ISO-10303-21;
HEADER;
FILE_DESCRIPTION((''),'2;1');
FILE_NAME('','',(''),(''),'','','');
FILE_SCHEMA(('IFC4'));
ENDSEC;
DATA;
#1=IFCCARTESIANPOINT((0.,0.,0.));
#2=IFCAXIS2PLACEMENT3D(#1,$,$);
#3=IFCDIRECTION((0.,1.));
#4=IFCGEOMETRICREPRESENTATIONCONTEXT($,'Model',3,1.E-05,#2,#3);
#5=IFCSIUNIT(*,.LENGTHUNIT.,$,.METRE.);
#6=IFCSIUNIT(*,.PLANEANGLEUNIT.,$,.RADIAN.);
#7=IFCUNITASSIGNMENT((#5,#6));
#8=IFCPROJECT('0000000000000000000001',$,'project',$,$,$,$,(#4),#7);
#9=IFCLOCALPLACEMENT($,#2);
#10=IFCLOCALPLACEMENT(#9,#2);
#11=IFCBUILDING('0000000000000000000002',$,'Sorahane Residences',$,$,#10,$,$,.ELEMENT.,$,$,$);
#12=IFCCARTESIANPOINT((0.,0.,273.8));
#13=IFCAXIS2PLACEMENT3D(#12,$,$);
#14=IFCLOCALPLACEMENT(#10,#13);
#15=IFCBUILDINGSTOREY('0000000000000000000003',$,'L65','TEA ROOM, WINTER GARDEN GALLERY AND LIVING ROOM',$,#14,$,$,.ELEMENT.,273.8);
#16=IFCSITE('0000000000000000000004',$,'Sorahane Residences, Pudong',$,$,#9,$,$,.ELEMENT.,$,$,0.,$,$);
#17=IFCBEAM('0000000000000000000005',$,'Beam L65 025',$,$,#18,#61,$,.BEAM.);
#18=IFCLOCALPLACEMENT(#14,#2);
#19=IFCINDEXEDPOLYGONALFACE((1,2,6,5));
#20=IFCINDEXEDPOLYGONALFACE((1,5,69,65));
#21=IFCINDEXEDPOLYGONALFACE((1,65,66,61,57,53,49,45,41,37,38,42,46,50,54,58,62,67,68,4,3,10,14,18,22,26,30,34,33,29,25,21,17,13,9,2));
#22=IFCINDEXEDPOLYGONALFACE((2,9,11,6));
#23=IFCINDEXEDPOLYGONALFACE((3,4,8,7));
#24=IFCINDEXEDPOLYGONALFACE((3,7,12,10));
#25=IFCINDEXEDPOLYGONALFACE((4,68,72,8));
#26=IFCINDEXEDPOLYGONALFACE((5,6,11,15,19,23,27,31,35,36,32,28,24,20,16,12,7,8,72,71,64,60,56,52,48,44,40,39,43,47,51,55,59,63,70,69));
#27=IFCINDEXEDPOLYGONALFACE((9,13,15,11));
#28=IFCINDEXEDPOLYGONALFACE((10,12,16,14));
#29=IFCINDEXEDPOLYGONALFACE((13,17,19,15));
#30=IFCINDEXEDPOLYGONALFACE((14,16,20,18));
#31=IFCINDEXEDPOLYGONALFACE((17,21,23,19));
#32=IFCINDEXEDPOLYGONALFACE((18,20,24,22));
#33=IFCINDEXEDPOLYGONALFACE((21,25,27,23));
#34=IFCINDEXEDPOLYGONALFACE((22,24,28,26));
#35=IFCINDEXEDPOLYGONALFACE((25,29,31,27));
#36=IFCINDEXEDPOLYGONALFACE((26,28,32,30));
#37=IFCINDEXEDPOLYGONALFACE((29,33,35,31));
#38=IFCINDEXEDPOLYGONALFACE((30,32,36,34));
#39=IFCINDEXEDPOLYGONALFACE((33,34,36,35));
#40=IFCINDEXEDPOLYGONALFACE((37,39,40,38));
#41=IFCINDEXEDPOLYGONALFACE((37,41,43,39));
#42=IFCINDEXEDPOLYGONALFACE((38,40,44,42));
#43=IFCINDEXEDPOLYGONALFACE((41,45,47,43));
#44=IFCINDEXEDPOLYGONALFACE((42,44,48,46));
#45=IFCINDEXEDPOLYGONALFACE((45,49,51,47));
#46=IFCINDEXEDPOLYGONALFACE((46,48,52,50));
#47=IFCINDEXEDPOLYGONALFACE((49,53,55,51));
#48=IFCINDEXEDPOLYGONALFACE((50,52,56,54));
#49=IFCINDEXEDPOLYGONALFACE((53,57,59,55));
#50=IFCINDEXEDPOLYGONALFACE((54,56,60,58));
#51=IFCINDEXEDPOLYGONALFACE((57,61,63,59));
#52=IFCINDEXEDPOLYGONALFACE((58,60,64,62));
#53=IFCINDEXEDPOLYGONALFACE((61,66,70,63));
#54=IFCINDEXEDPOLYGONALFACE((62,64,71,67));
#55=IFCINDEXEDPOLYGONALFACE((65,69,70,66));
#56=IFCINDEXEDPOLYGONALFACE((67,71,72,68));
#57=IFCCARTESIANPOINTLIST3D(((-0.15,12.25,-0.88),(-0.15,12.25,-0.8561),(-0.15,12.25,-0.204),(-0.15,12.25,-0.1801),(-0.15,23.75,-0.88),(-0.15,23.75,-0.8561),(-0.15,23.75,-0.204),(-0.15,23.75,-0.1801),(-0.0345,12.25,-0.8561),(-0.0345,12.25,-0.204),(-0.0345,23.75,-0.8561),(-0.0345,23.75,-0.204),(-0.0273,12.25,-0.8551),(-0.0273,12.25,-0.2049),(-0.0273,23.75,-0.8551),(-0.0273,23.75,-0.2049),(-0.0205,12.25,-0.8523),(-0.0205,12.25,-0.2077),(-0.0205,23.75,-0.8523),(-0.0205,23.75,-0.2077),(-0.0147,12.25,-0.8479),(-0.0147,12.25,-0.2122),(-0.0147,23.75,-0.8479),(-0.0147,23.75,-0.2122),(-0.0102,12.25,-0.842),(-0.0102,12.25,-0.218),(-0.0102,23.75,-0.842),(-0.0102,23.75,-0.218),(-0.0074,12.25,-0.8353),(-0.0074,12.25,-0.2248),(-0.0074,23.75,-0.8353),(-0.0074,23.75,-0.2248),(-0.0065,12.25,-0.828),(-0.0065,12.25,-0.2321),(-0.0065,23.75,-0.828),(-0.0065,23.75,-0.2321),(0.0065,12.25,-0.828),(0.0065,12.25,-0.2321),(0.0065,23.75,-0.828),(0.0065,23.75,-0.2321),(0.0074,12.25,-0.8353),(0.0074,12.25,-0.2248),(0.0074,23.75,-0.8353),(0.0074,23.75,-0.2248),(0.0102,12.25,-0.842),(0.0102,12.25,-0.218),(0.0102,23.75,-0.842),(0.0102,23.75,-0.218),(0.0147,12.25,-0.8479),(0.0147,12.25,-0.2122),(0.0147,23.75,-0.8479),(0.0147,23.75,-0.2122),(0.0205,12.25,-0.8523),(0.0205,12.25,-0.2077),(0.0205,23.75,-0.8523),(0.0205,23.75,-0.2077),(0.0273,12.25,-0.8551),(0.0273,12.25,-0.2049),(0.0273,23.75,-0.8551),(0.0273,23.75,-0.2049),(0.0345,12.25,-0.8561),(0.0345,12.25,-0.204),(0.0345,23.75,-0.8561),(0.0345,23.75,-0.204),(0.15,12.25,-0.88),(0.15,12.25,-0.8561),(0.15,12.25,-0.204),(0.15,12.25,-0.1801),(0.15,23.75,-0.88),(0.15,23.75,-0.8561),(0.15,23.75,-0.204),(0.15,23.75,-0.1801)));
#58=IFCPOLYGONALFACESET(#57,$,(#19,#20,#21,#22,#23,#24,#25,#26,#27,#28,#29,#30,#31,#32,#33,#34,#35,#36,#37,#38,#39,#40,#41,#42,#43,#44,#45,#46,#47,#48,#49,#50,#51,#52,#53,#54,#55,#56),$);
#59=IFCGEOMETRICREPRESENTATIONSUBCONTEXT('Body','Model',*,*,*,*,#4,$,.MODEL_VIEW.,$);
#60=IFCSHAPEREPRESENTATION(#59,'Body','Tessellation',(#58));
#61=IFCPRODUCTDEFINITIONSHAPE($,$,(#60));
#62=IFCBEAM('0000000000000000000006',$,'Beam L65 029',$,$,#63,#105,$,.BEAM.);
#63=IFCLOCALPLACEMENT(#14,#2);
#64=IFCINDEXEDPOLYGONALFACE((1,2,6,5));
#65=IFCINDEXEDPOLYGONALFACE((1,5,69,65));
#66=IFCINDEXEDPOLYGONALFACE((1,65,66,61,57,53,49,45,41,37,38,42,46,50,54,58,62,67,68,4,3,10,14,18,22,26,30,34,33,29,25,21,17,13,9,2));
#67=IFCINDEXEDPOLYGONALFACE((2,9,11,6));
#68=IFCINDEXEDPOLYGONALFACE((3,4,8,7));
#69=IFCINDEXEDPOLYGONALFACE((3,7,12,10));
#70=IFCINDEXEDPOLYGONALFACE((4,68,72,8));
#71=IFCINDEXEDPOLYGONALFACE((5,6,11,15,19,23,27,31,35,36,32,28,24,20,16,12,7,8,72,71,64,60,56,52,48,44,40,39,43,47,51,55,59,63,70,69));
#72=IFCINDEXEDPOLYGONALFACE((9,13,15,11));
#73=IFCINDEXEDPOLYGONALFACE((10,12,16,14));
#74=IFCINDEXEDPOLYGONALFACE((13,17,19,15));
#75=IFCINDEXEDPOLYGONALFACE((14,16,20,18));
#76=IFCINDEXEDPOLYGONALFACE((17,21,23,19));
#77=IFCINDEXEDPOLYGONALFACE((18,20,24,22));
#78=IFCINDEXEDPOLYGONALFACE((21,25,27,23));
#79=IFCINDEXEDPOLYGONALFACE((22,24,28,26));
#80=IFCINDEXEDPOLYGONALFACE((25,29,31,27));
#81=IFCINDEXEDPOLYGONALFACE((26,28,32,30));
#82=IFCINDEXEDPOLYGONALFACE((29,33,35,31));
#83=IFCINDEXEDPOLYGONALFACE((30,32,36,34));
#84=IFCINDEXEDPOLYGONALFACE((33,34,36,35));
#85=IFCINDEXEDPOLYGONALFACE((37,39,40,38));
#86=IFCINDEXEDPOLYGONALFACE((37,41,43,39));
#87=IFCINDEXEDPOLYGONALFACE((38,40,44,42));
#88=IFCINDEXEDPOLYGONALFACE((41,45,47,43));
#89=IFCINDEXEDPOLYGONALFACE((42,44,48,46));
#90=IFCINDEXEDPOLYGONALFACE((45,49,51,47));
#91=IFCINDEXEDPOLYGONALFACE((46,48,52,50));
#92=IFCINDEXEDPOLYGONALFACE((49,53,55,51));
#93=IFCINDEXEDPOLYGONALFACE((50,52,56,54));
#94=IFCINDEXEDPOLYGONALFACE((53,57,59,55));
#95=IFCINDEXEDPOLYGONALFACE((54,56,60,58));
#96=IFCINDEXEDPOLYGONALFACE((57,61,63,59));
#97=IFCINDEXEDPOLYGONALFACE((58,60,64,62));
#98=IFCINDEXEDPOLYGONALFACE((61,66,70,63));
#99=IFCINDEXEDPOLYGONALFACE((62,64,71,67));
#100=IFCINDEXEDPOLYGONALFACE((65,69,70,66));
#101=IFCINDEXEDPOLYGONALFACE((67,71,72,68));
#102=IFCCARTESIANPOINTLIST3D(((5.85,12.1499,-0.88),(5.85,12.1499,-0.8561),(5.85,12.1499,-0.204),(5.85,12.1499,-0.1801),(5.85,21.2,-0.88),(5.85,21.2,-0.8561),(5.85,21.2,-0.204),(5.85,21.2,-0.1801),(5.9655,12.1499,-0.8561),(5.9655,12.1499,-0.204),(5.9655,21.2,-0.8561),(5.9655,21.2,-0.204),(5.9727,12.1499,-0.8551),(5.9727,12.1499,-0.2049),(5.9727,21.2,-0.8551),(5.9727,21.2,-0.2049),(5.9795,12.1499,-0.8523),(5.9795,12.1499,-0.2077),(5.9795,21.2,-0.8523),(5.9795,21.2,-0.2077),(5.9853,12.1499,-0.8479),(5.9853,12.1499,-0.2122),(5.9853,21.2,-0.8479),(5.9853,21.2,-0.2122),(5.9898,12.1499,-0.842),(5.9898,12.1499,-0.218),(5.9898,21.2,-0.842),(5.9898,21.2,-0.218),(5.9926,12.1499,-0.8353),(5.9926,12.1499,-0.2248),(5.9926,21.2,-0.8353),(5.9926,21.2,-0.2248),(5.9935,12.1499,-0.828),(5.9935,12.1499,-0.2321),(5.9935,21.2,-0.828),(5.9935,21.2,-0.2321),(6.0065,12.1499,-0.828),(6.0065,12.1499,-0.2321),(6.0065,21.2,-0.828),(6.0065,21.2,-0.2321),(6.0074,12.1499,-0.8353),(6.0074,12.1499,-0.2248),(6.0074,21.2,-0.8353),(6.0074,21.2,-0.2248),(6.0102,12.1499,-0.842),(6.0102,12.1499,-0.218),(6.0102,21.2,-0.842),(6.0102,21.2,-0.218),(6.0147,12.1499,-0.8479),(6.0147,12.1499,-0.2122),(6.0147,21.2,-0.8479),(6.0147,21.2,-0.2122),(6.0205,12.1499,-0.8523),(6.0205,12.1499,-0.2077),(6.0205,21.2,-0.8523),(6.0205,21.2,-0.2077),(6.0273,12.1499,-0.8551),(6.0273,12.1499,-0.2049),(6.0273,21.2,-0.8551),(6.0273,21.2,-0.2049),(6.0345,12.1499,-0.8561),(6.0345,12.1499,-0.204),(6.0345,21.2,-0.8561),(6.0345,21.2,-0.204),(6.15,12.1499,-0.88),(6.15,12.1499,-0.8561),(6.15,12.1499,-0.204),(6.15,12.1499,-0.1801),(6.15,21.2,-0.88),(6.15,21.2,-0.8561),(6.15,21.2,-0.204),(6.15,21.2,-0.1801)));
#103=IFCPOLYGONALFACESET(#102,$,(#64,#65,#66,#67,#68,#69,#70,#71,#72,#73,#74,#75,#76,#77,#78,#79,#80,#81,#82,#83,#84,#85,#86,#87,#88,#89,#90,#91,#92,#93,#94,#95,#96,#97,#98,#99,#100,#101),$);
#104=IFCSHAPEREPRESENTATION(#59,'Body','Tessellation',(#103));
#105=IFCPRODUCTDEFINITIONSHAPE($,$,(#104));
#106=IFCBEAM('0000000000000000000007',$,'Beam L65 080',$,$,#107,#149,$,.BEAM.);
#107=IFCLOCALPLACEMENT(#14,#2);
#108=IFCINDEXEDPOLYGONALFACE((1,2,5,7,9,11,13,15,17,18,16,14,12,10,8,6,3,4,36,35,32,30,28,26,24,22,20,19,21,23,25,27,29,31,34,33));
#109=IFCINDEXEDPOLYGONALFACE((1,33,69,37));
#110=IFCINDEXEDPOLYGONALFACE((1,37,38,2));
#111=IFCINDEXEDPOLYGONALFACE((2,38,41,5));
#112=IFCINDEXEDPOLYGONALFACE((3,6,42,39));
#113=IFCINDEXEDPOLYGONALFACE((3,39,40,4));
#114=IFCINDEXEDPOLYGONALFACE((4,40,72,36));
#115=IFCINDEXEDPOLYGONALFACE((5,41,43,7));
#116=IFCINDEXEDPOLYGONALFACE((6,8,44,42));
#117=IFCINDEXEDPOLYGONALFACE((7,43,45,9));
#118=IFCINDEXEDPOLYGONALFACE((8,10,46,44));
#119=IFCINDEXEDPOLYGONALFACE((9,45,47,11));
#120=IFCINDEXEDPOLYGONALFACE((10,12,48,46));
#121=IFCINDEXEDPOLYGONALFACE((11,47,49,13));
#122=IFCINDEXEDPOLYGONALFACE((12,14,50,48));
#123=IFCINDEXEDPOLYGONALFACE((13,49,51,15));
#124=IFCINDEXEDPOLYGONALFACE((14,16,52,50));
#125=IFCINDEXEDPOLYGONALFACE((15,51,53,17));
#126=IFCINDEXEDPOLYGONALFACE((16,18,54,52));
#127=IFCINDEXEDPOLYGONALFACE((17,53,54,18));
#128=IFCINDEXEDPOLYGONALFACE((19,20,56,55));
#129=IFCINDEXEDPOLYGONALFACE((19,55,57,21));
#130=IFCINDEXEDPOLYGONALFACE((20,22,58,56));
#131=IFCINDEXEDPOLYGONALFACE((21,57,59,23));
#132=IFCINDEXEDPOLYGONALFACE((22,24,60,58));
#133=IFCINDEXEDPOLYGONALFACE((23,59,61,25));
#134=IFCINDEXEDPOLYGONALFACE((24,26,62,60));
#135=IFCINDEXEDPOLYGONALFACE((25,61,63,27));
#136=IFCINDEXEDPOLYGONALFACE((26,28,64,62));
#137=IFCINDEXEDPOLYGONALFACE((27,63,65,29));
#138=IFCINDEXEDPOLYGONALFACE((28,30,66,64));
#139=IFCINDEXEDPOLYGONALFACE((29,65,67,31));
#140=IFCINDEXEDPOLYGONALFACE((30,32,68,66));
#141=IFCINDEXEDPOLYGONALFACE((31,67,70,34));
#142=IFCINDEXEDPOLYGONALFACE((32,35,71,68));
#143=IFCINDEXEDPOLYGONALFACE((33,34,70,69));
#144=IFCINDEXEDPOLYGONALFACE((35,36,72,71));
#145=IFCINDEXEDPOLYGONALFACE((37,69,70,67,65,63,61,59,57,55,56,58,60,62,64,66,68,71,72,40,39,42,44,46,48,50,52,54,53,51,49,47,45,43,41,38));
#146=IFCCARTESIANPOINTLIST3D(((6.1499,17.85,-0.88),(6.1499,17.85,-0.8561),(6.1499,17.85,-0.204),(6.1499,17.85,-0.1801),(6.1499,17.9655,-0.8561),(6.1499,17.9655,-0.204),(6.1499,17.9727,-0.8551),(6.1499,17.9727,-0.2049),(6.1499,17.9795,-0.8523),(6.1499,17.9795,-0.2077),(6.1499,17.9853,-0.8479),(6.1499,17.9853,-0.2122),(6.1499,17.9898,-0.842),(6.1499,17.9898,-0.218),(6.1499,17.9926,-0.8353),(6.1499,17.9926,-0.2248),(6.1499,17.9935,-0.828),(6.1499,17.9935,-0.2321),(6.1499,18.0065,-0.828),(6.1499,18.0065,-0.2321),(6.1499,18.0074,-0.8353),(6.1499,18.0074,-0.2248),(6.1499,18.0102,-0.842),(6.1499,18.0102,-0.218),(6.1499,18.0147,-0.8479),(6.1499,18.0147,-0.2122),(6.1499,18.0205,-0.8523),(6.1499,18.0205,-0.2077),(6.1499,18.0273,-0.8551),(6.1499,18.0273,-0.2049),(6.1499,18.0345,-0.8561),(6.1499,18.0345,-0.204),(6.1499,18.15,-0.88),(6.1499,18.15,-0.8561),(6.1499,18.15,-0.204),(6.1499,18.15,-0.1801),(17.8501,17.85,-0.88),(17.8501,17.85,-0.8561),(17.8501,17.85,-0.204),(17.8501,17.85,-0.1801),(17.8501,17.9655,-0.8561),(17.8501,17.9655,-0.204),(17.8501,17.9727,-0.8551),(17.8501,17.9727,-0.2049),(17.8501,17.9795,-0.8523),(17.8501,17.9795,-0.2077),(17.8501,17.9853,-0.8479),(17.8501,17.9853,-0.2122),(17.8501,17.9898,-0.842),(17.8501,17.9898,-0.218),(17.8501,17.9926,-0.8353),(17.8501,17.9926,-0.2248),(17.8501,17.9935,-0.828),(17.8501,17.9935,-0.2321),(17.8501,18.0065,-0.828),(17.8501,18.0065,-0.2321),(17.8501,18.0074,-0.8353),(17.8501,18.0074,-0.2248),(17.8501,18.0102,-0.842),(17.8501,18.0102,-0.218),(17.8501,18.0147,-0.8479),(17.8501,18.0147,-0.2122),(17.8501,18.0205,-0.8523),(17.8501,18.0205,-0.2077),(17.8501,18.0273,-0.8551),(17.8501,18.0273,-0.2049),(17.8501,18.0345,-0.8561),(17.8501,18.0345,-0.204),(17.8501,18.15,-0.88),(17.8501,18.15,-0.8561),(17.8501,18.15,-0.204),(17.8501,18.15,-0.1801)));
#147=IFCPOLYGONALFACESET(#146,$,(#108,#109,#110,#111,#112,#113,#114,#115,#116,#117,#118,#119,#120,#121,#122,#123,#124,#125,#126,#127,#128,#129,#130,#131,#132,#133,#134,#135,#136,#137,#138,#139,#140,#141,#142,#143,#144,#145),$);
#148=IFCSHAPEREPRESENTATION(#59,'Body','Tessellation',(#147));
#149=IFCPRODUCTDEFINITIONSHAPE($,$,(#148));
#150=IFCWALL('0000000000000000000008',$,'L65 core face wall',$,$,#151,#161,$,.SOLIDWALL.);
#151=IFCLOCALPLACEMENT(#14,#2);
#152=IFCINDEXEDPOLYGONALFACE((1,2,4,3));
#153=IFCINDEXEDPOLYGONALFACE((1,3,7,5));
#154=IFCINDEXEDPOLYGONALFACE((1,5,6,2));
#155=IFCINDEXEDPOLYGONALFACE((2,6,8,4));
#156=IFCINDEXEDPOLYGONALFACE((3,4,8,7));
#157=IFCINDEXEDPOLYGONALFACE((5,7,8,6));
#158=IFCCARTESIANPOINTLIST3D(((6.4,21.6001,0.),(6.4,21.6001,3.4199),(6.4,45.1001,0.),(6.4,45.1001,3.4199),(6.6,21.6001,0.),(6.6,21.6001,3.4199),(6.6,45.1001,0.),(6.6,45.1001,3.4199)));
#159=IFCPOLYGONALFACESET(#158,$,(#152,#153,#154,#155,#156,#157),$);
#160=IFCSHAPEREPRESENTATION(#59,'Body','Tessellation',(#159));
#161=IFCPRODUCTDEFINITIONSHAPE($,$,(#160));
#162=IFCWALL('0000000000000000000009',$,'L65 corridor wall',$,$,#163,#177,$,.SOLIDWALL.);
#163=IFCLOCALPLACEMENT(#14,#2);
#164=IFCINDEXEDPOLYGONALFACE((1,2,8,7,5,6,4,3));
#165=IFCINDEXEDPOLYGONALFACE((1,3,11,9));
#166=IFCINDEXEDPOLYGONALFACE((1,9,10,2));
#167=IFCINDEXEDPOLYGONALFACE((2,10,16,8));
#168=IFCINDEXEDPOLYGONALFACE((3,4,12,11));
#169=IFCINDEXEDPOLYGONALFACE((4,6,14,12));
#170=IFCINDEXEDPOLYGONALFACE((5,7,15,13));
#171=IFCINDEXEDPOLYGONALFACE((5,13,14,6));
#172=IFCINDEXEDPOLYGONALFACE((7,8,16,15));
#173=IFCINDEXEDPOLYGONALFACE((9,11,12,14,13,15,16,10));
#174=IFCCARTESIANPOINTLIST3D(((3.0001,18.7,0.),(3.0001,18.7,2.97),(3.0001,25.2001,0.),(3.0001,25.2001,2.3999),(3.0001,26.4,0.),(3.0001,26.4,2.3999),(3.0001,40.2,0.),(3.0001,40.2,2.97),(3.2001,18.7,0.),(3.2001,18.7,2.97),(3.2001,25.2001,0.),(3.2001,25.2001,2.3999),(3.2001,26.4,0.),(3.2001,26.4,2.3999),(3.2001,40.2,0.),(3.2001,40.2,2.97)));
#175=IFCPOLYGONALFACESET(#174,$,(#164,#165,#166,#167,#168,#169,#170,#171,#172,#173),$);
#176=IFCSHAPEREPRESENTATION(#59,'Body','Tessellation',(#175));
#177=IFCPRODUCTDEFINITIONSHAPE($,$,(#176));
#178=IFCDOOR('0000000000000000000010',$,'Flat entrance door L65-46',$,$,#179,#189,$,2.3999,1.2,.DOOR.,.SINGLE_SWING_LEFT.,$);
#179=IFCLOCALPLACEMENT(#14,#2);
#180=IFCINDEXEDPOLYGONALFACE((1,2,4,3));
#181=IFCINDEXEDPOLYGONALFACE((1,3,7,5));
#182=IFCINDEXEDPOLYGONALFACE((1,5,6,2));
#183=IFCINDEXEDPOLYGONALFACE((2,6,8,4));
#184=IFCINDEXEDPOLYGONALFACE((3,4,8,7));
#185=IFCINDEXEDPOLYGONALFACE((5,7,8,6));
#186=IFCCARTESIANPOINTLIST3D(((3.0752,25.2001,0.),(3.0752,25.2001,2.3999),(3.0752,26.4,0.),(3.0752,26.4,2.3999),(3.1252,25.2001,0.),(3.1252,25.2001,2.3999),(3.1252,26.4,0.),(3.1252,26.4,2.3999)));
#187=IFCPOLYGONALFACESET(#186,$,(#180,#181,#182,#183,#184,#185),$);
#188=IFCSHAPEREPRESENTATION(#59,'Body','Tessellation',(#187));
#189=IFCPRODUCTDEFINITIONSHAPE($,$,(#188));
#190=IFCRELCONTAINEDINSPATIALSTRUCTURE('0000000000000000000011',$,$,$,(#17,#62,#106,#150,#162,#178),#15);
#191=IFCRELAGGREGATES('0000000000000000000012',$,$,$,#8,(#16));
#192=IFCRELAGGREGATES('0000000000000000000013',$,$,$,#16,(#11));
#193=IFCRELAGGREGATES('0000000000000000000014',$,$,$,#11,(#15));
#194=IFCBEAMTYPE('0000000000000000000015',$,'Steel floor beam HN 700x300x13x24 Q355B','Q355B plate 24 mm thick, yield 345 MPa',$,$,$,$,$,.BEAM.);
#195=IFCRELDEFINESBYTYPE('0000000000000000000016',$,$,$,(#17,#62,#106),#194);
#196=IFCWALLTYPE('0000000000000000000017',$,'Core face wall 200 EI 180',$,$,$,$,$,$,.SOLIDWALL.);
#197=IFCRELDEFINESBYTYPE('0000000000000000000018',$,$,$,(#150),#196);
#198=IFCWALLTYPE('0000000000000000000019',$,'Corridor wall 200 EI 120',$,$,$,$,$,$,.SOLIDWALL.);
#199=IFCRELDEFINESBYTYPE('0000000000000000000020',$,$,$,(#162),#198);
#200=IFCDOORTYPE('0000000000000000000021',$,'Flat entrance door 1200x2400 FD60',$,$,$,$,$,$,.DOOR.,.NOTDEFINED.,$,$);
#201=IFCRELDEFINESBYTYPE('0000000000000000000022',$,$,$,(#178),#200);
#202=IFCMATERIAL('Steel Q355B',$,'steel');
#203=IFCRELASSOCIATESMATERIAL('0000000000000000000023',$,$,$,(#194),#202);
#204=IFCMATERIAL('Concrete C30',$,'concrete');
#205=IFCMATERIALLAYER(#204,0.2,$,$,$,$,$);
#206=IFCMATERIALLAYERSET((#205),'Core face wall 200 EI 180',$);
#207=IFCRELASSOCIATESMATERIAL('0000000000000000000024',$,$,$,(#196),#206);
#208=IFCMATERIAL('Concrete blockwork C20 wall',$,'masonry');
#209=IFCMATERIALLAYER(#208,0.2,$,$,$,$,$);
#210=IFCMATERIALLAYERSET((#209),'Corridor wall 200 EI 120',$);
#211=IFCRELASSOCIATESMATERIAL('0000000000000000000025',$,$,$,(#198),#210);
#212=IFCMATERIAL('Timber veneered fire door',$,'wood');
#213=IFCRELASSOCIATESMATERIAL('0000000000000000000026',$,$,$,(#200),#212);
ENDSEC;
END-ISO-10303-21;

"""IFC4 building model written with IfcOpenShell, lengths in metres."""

from ifc_helpers import new_model, si_unit, direction, frame, frame_2d, origin, origin_2d, place, context, subcontext, project, spatial, rectangle, i_section, extrude, material, layer, layer_set, material_profile, profile_set, type_object, element, fill, save


model = new_model("IFC4")

# Units and contexts
model_context = context("Model", 3, precision=1e-05, world=origin(), true_north=direction((0.0, 1.0)))
body_context = subcontext(model_context, "Body", "Model", "MODEL_VIEW")
ifc_project = project(units=[si_unit("LENGTHUNIT", "METRE"), si_unit("PLANEANGLEUNIT", "RADIAN")], contexts=[model_context])

# Site, building, storey
site_placement = place(None, origin())
site = spatial("IfcSite", under=ifc_project, at=site_placement, Name="Sorahane Residences, Pudong", CompositionType="ELEMENT", RefElevation=0.0)
building_placement = place(site_placement, origin())
building = spatial("IfcBuilding", under=site, at=building_placement, Name="Sorahane Residences", CompositionType="ELEMENT")
storey_placement = place(building_placement, frame((0.0, 0.0, 273.8)))
storey = spatial("IfcBuildingStorey", under=building, at=storey_placement, Name="L65", Description="TEA ROOM, WINTER GARDEN GALLERY AND LIVING ROOM", CompositionType="ELEMENT", Elevation=273.8)

# Beams
ifc_material_1 = material(Name="Steel Q355B", Category="steel")
ifc_material_profile_1 = material_profile(ifc_material_1, i_section(OverallWidth=0.3, OverallDepth=0.7, WebThickness=0.0129, FlangeThickness=0.0239, FilletRadius=0.0281, at=origin_2d()), Name="HN 700x300x13x24")
ifc_profile_set_1 = profile_set([ifc_material_profile_1], Name="Steel Q355B")
beam_type_1 = type_object("IfcBeamType", Name="Steel floor beam HN 700x300x13x24 Q355B", Description="Q355B plate 24 mm thick, yield 345 MPa", PredefinedType="BEAM", material=ifc_profile_set_1)
for number, where, z_axis, x_axis, name in (
    (1, (0.0, 12.25, -0.53), (0.0, 1.0, 0.0), (-1.0, 0.0, 0.0), "Beam L65 025"),
):
    element("IfcBeam", number, at=place(storey_placement, frame(where, z_axis=z_axis, x_axis=x_axis)), inside=storey, type_object=beam_type_1, Name=name, PredefinedType="BEAM", context=body_context, shape_type="SweptSolid", body=[
        extrude(i_section(OverallWidth=0.3, OverallDepth=0.7, WebThickness=0.0129, FlangeThickness=0.0239, FilletRadius=0.0281, at=origin_2d()), origin(), (0.0, 0.0, 1.0), 11.5),
    ])
beam_1_placement = place(storey_placement, frame((6.0, 12.1499, -0.53), z_axis=(0.0, 1.0, 0.0), x_axis=(-1.0, 0.0, 0.0)))
element("IfcBeam", 2, at=beam_1_placement, inside=storey, type_object=beam_type_1, Name="Beam L65 029", PredefinedType="BEAM", context=body_context, shape_type="SweptSolid", body=[
    extrude(i_section(OverallWidth=0.3, OverallDepth=0.7, WebThickness=0.0129, FlangeThickness=0.0239, FilletRadius=0.0281, at=origin_2d()), origin(), (0.0, 0.0, 1.0), 9.05),
])
beam_2_placement = place(storey_placement, frame((6.1499, 18.0, -0.53), z_axis=(1.0, 0.0, 0.0), x_axis=(0.0, 1.0, 0.0)))
element("IfcBeam", 3, at=beam_2_placement, inside=storey, type_object=beam_type_1, Name="Beam L65 080", PredefinedType="BEAM", context=body_context, shape_type="SweptSolid", body=[
    extrude(i_section(OverallWidth=0.3, OverallDepth=0.7, WebThickness=0.0129, FlangeThickness=0.0239, FilletRadius=0.0281, at=origin_2d()), origin(), (0.0, 0.0, 1.0), 11.7002),
])

# Wall
ifc_material_2 = material(Name="Concrete C30", Category="concrete")
ifc_layer_1 = layer(ifc_material_2, 0.2)
ifc_layer_set_1 = layer_set([ifc_layer_1], Name="Core face wall 200 EI 180")
wall_type_1 = type_object("IfcWallType", Name="Core face wall 200 EI 180", PredefinedType="SOLIDWALL", material=ifc_layer_set_1)
wall_1_placement = place(storey_placement, frame((6.5, 21.6001, 0.0), z_axis=(0.0, 0.0, 1.0), x_axis=(0.0, 1.0, 0.0)))
element("IfcWall", 4, at=wall_1_placement, inside=storey, type_object=wall_type_1, Name="L65 core face wall", PredefinedType="SOLIDWALL", context=body_context, shape_type="SweptSolid", body=[
    extrude(rectangle(XDim=23.5, YDim=0.2, at=frame_2d((11.75, 0.0))), origin(), (0.0, 0.0, 1.0), 3.4199),
])

# Wall, opening, door
ifc_material_3 = material(Name="Concrete blockwork C20 wall", Category="masonry")
ifc_layer_2 = layer(ifc_material_3, 0.2)
ifc_layer_set_2 = layer_set([ifc_layer_2], Name="Corridor wall 200 EI 120")
wall_type_2 = type_object("IfcWallType", Name="Corridor wall 200 EI 120", PredefinedType="SOLIDWALL", material=ifc_layer_set_2)
wall_2_placement = place(storey_placement, frame((3.1001, 18.7, 0.0), z_axis=(0.0, 0.0, 1.0), x_axis=(0.0, 1.0, 0.0)))
wall_2 = element("IfcWall", 5, at=wall_2_placement, inside=storey, type_object=wall_type_2, Name="L65 corridor wall", PredefinedType="SOLIDWALL", context=body_context, shape_type="SweptSolid", body=[
    extrude(rectangle(XDim=21.5, YDim=0.2, at=frame_2d((10.75, 0.0))), origin(), (0.0, 0.0, 1.0), 2.97),
])
opening_1_placement = place(wall_2_placement, frame((6.5, 0.0, 0.0)))
opening_1 = element("IfcOpeningElement", 6, at=opening_1_placement, cuts=wall_2, PredefinedType="OPENING", context=body_context, shape_type="SweptSolid", body=[
    extrude(rectangle(XDim=1.2, YDim=2.3999, at=frame_2d((0.6001, 1.2))), frame((0.0, 0.1099, 0.0), z_axis=(0.0, -1.0, 0.0), x_axis=(1.0, 0.0, 0.0)), (0.0, 0.0, 1.0), 0.22),
])
ifc_material_4 = material(Name="Timber veneered fire door", Category="wood")
door_type_1 = type_object("IfcDoorType", Name="Flat entrance door 1200x2400 FD60", OperationType="NOTDEFINED", PredefinedType="DOOR", material=ifc_material_4)
door_1_placement = place(opening_1_placement, origin())
door_1 = element("IfcDoor", 7, at=door_1_placement, inside=storey, type_object=door_type_1, Name="Flat entrance door L65-46", OperationType="SINGLE_SWING_LEFT", OverallHeight=2.3999, OverallWidth=1.2, PredefinedType="DOOR", context=body_context, shape_type="SweptSolid", body=[
    extrude(rectangle(XDim=1.2, YDim=2.3999, at=frame_2d((0.6001, 1.2))), frame((0.0, 0.0249, 0.0), z_axis=(0.0, -1.0, 0.0), x_axis=(1.0, 0.0, 0.0)), (0.0, 0.0, 1.0), 0.05),
])
fill(opening_1, door_1)

save(model, "model.ifc")
